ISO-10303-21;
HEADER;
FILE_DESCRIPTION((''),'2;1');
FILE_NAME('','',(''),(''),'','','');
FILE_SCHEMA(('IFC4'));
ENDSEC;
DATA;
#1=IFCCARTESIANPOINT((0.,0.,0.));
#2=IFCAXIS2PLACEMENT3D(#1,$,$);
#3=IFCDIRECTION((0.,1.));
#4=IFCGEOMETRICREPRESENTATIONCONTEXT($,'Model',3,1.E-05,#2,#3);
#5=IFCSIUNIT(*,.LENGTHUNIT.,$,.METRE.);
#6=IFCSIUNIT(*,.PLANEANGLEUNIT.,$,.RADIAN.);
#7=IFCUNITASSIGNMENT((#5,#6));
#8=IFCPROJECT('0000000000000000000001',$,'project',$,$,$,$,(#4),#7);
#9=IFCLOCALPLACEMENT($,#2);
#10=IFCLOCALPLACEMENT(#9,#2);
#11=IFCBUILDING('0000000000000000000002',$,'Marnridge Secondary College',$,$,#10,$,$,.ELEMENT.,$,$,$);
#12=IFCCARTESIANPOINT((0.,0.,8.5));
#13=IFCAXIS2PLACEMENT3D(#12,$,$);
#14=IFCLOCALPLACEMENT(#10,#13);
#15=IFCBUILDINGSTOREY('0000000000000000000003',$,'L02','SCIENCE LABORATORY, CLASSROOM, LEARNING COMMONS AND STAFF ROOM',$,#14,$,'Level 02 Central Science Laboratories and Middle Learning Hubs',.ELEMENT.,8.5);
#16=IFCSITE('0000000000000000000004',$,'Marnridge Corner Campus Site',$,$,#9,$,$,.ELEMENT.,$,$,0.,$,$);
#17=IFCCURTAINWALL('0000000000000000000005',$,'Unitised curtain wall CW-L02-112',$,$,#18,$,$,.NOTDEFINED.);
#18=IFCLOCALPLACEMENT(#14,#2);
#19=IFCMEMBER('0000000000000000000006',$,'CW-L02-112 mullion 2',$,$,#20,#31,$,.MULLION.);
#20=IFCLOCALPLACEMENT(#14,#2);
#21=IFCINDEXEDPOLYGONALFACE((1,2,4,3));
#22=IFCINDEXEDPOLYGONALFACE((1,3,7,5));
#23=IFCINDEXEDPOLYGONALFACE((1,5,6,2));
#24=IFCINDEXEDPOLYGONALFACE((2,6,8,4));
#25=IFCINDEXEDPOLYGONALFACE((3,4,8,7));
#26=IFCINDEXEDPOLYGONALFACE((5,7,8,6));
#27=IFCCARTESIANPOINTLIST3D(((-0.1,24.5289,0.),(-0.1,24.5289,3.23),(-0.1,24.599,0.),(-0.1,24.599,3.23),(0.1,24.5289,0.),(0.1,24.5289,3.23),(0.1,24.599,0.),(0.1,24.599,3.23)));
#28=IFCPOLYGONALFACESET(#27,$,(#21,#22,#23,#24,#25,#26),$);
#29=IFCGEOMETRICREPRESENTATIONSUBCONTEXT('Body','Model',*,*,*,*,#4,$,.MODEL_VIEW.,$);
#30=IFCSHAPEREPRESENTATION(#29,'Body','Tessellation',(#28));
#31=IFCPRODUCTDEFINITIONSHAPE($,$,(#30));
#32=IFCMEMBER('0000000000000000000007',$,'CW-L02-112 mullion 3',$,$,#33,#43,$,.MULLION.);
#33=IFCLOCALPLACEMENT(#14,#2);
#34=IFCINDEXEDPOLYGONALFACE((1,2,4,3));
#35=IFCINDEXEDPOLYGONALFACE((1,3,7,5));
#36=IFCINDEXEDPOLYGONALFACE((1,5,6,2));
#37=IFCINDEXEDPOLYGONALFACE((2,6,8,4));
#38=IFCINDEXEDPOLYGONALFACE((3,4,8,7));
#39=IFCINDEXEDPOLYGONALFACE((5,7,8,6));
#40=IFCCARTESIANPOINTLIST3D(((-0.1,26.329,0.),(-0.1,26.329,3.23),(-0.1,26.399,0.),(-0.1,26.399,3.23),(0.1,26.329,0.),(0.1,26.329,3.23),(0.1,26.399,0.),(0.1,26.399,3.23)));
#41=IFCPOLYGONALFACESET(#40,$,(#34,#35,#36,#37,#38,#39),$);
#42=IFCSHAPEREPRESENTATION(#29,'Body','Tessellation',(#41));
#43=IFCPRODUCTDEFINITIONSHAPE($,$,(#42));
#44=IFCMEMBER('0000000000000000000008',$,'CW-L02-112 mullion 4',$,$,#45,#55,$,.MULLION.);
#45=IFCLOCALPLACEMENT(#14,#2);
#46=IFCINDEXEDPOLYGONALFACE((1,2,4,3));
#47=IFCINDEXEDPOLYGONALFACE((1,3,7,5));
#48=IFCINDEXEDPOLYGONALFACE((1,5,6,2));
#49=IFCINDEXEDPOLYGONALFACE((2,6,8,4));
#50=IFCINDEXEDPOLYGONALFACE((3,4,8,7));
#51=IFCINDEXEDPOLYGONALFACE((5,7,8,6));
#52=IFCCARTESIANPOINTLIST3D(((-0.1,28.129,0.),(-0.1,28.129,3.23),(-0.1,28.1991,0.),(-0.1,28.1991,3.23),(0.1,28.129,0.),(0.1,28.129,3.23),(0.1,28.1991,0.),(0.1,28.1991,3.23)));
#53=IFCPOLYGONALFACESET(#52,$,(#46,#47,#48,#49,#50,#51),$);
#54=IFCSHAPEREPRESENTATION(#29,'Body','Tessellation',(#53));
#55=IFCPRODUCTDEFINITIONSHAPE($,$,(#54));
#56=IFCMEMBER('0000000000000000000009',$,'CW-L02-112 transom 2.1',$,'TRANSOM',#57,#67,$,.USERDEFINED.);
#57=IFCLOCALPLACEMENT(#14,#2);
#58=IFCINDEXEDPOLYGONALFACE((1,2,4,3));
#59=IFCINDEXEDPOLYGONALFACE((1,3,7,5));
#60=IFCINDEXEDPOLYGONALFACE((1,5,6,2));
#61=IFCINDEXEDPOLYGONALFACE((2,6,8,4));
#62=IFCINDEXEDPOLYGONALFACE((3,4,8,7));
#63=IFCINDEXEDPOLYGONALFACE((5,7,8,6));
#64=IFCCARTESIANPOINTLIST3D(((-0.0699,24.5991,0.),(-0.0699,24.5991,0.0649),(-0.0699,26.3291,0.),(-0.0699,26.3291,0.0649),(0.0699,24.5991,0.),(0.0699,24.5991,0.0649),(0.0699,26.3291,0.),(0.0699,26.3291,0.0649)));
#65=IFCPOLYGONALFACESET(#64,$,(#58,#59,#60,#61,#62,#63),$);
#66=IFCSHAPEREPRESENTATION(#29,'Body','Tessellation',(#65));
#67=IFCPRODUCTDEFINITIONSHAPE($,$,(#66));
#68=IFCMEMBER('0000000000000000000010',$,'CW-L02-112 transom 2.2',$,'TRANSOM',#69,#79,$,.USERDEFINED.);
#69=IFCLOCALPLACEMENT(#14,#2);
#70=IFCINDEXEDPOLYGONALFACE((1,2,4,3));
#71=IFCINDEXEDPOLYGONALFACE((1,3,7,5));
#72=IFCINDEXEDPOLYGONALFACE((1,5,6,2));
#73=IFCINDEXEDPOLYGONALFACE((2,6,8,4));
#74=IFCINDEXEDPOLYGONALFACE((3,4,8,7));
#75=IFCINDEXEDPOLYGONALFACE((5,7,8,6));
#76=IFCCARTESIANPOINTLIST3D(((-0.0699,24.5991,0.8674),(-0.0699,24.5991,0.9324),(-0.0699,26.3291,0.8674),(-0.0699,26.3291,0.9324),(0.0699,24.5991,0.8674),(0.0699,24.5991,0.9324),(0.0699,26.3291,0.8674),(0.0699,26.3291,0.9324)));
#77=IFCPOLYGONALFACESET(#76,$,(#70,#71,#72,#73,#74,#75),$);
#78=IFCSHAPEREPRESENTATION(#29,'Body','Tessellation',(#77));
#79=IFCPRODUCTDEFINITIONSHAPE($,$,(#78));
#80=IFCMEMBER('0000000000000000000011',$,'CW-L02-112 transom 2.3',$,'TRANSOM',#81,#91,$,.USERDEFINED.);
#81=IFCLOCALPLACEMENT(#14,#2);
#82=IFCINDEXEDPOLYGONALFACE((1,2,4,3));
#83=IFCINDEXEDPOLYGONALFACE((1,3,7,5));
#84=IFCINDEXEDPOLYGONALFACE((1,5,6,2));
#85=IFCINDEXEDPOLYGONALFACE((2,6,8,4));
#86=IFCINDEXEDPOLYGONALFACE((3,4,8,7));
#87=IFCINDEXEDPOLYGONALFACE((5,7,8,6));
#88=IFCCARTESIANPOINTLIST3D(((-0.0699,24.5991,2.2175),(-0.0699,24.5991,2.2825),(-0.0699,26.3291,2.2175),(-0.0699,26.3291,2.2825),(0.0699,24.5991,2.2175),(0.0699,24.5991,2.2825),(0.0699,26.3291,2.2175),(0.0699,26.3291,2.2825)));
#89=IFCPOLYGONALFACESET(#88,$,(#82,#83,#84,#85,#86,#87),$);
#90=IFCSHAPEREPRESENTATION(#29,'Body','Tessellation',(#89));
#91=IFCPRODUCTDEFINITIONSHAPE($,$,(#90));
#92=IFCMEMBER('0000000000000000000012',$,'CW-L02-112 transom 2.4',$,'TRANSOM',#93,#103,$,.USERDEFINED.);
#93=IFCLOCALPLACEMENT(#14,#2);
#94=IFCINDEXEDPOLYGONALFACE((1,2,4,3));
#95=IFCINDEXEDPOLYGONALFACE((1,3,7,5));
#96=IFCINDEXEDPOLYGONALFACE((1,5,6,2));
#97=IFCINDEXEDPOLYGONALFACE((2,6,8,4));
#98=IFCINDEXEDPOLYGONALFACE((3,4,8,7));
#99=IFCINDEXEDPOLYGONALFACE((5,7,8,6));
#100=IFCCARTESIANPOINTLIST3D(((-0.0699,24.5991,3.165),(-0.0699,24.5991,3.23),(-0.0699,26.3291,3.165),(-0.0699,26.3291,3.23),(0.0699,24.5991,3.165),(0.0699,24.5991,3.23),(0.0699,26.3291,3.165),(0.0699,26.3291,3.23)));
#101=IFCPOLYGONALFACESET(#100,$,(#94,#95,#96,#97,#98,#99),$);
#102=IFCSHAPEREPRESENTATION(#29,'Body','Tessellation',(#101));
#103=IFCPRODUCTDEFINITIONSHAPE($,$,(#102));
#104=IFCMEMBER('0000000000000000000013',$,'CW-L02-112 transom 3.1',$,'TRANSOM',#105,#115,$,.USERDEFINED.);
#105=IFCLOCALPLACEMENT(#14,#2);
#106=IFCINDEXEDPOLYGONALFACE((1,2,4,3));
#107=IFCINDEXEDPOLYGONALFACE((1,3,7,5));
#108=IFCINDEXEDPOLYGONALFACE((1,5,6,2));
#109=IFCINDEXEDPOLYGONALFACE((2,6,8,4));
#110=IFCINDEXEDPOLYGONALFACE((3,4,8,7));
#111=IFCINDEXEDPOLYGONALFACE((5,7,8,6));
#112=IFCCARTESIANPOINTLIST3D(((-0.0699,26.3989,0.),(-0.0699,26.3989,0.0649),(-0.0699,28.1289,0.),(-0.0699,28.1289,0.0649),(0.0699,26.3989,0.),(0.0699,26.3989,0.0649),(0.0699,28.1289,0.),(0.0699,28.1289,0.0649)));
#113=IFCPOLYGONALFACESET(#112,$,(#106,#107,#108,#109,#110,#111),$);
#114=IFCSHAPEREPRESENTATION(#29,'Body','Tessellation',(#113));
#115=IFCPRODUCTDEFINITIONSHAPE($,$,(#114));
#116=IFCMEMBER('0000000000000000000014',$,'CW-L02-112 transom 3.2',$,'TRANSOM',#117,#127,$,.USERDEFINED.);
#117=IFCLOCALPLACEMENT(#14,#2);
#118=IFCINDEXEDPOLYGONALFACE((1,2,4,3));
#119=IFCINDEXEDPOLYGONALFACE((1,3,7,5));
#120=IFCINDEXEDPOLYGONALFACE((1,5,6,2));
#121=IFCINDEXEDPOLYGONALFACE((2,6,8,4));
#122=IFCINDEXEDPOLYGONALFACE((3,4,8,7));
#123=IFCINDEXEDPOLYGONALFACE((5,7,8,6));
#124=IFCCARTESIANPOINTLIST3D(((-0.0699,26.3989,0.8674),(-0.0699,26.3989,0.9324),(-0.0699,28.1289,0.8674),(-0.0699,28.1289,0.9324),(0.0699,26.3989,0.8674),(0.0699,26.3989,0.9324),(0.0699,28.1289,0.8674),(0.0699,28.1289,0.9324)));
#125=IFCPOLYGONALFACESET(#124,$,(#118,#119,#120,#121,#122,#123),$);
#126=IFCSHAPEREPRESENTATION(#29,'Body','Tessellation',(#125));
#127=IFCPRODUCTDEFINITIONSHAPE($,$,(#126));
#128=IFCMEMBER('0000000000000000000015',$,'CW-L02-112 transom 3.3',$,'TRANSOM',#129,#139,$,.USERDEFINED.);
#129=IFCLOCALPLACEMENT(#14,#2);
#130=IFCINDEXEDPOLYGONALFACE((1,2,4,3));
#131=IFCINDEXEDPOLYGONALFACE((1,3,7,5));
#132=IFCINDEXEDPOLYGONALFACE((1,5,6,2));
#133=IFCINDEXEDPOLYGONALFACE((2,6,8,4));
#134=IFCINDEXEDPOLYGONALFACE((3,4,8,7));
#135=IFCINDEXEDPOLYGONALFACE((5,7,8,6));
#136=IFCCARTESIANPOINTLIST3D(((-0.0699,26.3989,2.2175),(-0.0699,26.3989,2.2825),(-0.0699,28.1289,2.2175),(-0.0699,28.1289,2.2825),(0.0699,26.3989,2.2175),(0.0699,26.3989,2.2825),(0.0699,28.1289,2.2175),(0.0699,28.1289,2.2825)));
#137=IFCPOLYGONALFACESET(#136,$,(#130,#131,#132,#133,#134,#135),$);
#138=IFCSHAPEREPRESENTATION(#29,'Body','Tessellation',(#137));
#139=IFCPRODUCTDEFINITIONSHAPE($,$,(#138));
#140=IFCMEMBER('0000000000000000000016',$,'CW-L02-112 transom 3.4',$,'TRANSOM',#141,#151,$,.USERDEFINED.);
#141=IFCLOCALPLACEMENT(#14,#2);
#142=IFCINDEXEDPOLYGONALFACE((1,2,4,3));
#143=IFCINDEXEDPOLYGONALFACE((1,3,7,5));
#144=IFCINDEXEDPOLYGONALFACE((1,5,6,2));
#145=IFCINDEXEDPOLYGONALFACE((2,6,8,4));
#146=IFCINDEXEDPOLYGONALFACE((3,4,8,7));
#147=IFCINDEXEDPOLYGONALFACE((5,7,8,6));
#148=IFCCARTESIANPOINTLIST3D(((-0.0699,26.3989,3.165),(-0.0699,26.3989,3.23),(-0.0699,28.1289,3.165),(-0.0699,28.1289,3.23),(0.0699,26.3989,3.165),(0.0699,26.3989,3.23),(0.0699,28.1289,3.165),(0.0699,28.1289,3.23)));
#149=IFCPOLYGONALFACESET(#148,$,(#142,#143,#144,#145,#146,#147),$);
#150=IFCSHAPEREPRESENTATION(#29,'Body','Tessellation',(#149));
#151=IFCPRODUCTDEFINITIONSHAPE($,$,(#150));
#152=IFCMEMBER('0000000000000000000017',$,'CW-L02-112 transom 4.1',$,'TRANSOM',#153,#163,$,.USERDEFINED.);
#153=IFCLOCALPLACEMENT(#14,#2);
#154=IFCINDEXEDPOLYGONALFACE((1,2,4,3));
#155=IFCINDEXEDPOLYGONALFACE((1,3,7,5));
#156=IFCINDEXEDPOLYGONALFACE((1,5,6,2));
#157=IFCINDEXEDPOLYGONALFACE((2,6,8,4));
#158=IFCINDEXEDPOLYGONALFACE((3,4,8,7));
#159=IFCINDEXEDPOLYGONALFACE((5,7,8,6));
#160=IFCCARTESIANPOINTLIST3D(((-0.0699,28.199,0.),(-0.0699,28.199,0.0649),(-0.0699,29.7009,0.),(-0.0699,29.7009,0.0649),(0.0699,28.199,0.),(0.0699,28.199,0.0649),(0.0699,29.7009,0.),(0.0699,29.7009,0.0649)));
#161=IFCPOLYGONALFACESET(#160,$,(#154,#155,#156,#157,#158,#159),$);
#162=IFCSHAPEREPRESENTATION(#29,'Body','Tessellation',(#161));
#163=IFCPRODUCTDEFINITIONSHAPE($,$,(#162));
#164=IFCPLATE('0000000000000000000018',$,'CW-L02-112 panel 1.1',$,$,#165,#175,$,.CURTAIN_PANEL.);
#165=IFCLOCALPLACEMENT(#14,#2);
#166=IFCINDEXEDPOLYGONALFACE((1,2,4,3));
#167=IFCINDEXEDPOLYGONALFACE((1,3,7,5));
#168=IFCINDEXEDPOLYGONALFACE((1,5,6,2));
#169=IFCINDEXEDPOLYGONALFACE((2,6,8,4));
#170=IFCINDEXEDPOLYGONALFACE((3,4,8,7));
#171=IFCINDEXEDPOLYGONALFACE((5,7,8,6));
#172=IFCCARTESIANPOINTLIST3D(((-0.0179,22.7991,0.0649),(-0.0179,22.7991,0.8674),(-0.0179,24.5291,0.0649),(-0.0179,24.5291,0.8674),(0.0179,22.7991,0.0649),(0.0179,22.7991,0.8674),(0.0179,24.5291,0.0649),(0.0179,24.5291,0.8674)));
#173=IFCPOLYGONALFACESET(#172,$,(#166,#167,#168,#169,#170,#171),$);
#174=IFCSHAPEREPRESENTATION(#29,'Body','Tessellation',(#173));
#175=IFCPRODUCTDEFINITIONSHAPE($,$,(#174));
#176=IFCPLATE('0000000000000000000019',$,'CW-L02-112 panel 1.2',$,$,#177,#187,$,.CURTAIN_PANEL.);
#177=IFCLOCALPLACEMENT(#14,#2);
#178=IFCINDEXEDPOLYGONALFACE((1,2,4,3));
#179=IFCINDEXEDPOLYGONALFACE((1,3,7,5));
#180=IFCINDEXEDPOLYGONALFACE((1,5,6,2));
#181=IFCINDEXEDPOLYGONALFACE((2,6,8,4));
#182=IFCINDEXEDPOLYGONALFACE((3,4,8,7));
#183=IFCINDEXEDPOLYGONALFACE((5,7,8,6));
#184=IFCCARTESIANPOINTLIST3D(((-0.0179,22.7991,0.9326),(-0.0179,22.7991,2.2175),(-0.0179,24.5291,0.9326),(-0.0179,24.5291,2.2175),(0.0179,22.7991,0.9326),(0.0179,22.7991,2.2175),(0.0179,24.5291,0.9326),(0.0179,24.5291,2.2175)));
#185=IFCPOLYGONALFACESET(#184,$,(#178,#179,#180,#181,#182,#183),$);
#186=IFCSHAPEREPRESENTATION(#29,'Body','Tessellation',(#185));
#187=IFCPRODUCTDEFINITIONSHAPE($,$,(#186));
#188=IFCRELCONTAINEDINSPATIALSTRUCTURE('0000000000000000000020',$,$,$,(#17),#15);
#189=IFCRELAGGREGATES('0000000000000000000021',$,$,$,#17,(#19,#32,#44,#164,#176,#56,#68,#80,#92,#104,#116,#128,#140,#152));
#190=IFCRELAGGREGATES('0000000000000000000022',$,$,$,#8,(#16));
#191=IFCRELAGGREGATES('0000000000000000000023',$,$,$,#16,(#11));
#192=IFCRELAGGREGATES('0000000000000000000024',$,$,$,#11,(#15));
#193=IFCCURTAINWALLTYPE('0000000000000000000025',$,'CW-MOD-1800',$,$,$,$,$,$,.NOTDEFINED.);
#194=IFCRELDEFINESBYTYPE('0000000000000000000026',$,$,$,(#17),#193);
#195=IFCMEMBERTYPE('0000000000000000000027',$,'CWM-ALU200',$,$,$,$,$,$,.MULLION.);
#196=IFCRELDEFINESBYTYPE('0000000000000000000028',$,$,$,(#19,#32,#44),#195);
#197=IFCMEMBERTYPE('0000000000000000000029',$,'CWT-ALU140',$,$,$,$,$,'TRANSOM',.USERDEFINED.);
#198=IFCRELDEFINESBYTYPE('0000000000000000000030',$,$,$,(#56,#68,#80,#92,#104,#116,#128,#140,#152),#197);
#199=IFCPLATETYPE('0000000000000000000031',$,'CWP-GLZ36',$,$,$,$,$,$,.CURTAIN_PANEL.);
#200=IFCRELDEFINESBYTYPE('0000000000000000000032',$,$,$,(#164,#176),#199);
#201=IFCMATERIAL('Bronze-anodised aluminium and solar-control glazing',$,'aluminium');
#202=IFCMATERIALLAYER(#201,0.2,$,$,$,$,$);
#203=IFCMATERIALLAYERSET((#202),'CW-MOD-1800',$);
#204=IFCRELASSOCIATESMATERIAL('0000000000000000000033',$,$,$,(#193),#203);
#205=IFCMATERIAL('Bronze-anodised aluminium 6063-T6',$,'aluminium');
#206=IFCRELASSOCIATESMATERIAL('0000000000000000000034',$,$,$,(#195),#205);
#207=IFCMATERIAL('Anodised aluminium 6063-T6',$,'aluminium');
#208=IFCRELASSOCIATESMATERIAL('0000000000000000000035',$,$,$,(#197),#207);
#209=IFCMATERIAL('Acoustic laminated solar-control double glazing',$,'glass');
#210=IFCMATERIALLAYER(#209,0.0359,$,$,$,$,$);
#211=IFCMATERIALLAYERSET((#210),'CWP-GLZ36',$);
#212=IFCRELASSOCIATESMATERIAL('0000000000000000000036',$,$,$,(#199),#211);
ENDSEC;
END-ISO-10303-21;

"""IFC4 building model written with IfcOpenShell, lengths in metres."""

from ifc_helpers import new_model, si_unit, direction, frame, origin, origin_2d, place, context, subcontext, project, spatial, rectangle, extrude, material, layer, layer_set, material_profile, profile_set, type_object, element, aggregate, save


model = new_model("IFC4")

# Units and contexts
model_context = context("Model", 3, precision=1e-05, world=origin(), true_north=direction((0.0, 1.0)))
body_context = subcontext(model_context, "Body", "Model", "MODEL_VIEW")
ifc_project = project(units=[si_unit("LENGTHUNIT", "METRE"), si_unit("PLANEANGLEUNIT", "RADIAN")], contexts=[model_context])

# Site, building, storey
site_placement = place(None, origin())
site = spatial("IfcSite", under=ifc_project, at=site_placement, Name="Marnridge Corner Campus Site", CompositionType="ELEMENT", RefElevation=0.0)
building_placement = place(site_placement, origin())
building = spatial("IfcBuilding", under=site, at=building_placement, Name="Marnridge Secondary College", CompositionType="ELEMENT")
storey_placement = place(building_placement, frame((0.0, 0.0, 8.5)))
storey = spatial("IfcBuildingStorey", under=building, at=storey_placement, Name="L02", Description="SCIENCE LABORATORY, CLASSROOM, LEARNING COMMONS AND STAFF ROOM", LongName="Level 02 Central Science Laboratories and Middle Learning Hubs", CompositionType="ELEMENT", Elevation=8.5)

# Curtain wall, members, plates
ifc_material_1 = material(Name="Bronze-anodised aluminium and solar-control glazing", Category="aluminium")
ifc_layer_1 = layer(ifc_material_1, 0.2)
ifc_layer_set_1 = layer_set([ifc_layer_1], Name="CW-MOD-1800")
curtain_wall_type = type_object("IfcCurtainWallType", Name="CW-MOD-1800", PredefinedType="NOTDEFINED", material=ifc_layer_set_1)
curtain_wall_placement = place(storey_placement, origin())
curtain_wall = element("IfcCurtainWall", 1, at=curtain_wall_placement, inside=storey, type_object=curtain_wall_type, Name="Unitised curtain wall CW-L02-112", PredefinedType="NOTDEFINED")
ifc_material_2 = material(Name="Bronze-anodised aluminium 6063-T6", Category="aluminium")
ifc_material_profile_1 = material_profile(ifc_material_2, rectangle(XDim=0.0701, YDim=0.2, at=origin_2d()), Name="ALU 70x200")
ifc_profile_set_1 = profile_set([ifc_material_profile_1], Name="Bronze-anodised aluminium 6063-T6")
member_type_1 = type_object("IfcMemberType", Name="CWM-ALU200", PredefinedType="MULLION", material=ifc_profile_set_1)
member_1_placement = place(storey_placement, frame((0.0, 24.564, 0.0), z_axis=(0.0, 0.0, 1.0), x_axis=(0.0, 1.0, 0.0)))
member_1 = element("IfcMember", 2, at=member_1_placement, type_object=member_type_1, Name="CW-L02-112 mullion 2", PredefinedType="MULLION", context=body_context, shape_type="SweptSolid", body=[
    extrude(rectangle(XDim=0.0701, YDim=0.2, at=origin_2d()), origin(), (0.0, 0.0, 1.0), 3.23),
])
member_2_placement = place(storey_placement, frame((0.0, 26.364, 0.0), z_axis=(0.0, 0.0, 1.0), x_axis=(0.0, 1.0, 0.0)))
member_2 = element("IfcMember", 3, at=member_2_placement, type_object=member_type_1, Name="CW-L02-112 mullion 3", PredefinedType="MULLION", context=body_context, shape_type="SweptSolid", body=[
    extrude(rectangle(XDim=0.0701, YDim=0.2, at=origin_2d()), origin(), (0.0, 0.0, 1.0), 3.23),
])
member_3_placement = place(storey_placement, frame((0.0, 28.1641, 0.0), z_axis=(0.0, 0.0, 1.0), x_axis=(0.0, 1.0, 0.0)))
member_3 = element("IfcMember", 4, at=member_3_placement, type_object=member_type_1, Name="CW-L02-112 mullion 4", PredefinedType="MULLION", context=body_context, shape_type="SweptSolid", body=[
    extrude(rectangle(XDim=0.0701, YDim=0.2, at=origin_2d()), origin(), (0.0, 0.0, 1.0), 3.23),
])
ifc_material_3 = material(Name="Anodised aluminium 6063-T6", Category="aluminium")
ifc_material_profile_2 = material_profile(ifc_material_3, rectangle(XDim=0.0649, YDim=0.1399, at=origin_2d()), Name="ALU 65x140")
ifc_profile_set_2 = profile_set([ifc_material_profile_2], Name="Anodised aluminium 6063-T6")
member_type_2 = type_object("IfcMemberType", Name="CWT-ALU140", ElementType="TRANSOM", PredefinedType="USERDEFINED", material=ifc_profile_set_2)
member_4_placement = place(storey_placement, frame((0.0, 24.5991, 0.0325), z_axis=(0.0, 1.0, 0.0), x_axis=(0.0, 0.0, 1.0)))
member_4 = element("IfcMember", 5, at=member_4_placement, type_object=member_type_2, Name="CW-L02-112 transom 2.1", ObjectType="TRANSOM", PredefinedType="USERDEFINED", context=body_context, shape_type="SweptSolid", body=[
    extrude(rectangle(XDim=0.0649, YDim=0.1399, at=origin_2d()), origin(), (0.0, 0.0, 1.0), 1.73),
])
member_5_placement = place(storey_placement, frame((0.0, 24.5991, 0.8999), z_axis=(0.0, 1.0, 0.0), x_axis=(0.0, 0.0, 1.0)))
member_5 = element("IfcMember", 6, at=member_5_placement, type_object=member_type_2, Name="CW-L02-112 transom 2.2", ObjectType="TRANSOM", PredefinedType="USERDEFINED", context=body_context, shape_type="SweptSolid", body=[
    extrude(rectangle(XDim=0.0649, YDim=0.1399, at=origin_2d()), origin(), (0.0, 0.0, 1.0), 1.73),
])
member_6_placement = place(storey_placement, frame((0.0, 24.5991, 2.25), z_axis=(0.0, 1.0, 0.0), x_axis=(0.0, 0.0, 1.0)))
member_6 = element("IfcMember", 7, at=member_6_placement, type_object=member_type_2, Name="CW-L02-112 transom 2.3", ObjectType="TRANSOM", PredefinedType="USERDEFINED", context=body_context, shape_type="SweptSolid", body=[
    extrude(rectangle(XDim=0.0649, YDim=0.1399, at=origin_2d()), origin(), (0.0, 0.0, 1.0), 1.73),
])
member_7_placement = place(storey_placement, frame((0.0, 24.5991, 3.1975), z_axis=(0.0, 1.0, 0.0), x_axis=(0.0, 0.0, 1.0)))
member_7 = element("IfcMember", 8, at=member_7_placement, type_object=member_type_2, Name="CW-L02-112 transom 2.4", ObjectType="TRANSOM", PredefinedType="USERDEFINED", context=body_context, shape_type="SweptSolid", body=[
    extrude(rectangle(XDim=0.0649, YDim=0.1399, at=origin_2d()), origin(), (0.0, 0.0, 1.0), 1.73),
])
member_8_placement = place(storey_placement, frame((0.0, 26.3989, 0.0325), z_axis=(0.0, 1.0, 0.0), x_axis=(0.0, 0.0, 1.0)))
member_8 = element("IfcMember", 9, at=member_8_placement, type_object=member_type_2, Name="CW-L02-112 transom 3.1", ObjectType="TRANSOM", PredefinedType="USERDEFINED", context=body_context, shape_type="SweptSolid", body=[
    extrude(rectangle(XDim=0.0649, YDim=0.1399, at=origin_2d()), origin(), (0.0, 0.0, 1.0), 1.73),
])
member_9_placement = place(storey_placement, frame((0.0, 26.3989, 0.8999), z_axis=(0.0, 1.0, 0.0), x_axis=(0.0, 0.0, 1.0)))
member_9 = element("IfcMember", 10, at=member_9_placement, type_object=member_type_2, Name="CW-L02-112 transom 3.2", ObjectType="TRANSOM", PredefinedType="USERDEFINED", context=body_context, shape_type="SweptSolid", body=[
    extrude(rectangle(XDim=0.0649, YDim=0.1399, at=origin_2d()), origin(), (0.0, 0.0, 1.0), 1.73),
])
member_10_placement = place(storey_placement, frame((0.0, 26.3989, 2.25), z_axis=(0.0, 1.0, 0.0), x_axis=(0.0, 0.0, 1.0)))
member_10 = element("IfcMember", 11, at=member_10_placement, type_object=member_type_2, Name="CW-L02-112 transom 3.3", ObjectType="TRANSOM", PredefinedType="USERDEFINED", context=body_context, shape_type="SweptSolid", body=[
    extrude(rectangle(XDim=0.0649, YDim=0.1399, at=origin_2d()), origin(), (0.0, 0.0, 1.0), 1.73),
])
member_11_placement = place(storey_placement, frame((0.0, 26.3989, 3.1975), z_axis=(0.0, 1.0, 0.0), x_axis=(0.0, 0.0, 1.0)))
member_11 = element("IfcMember", 12, at=member_11_placement, type_object=member_type_2, Name="CW-L02-112 transom 3.4", ObjectType="TRANSOM", PredefinedType="USERDEFINED", context=body_context, shape_type="SweptSolid", body=[
    extrude(rectangle(XDim=0.0649, YDim=0.1399, at=origin_2d()), origin(), (0.0, 0.0, 1.0), 1.73),
])
member_12_placement = place(storey_placement, frame((0.0, 28.199, 0.0325), z_axis=(0.0, 1.0, 0.0), x_axis=(0.0, 0.0, 1.0)))
member_12 = element("IfcMember", 13, at=member_12_placement, type_object=member_type_2, Name="CW-L02-112 transom 4.1", ObjectType="TRANSOM", PredefinedType="USERDEFINED", context=body_context, shape_type="SweptSolid", body=[
    extrude(rectangle(XDim=0.0649, YDim=0.1399, at=origin_2d()), origin(), (0.0, 0.0, 1.0), 1.502),
])
ifc_material_4 = material(Name="Acoustic laminated solar-control double glazing", Category="glass")
ifc_layer_2 = layer(ifc_material_4, 0.0359)
ifc_layer_set_2 = layer_set([ifc_layer_2], Name="CWP-GLZ36")
plate_type = type_object("IfcPlateType", Name="CWP-GLZ36", PredefinedType="CURTAIN_PANEL", material=ifc_layer_set_2)
plate_1_placement = place(storey_placement, frame((0.0, 23.6641, 0.0649), z_axis=(0.0, 0.0, 1.0), x_axis=(0.0, 1.0, 0.0)))
plate_1 = element("IfcPlate", 14, at=plate_1_placement, type_object=plate_type, Name="CW-L02-112 panel 1.1", PredefinedType="CURTAIN_PANEL", context=body_context, shape_type="SweptSolid", body=[
    extrude(rectangle(XDim=1.73, YDim=0.0359, at=origin_2d()), origin(), (0.0, 0.0, 1.0), 0.8025),
])
plate_2_placement = place(storey_placement, frame((0.0, 23.6641, 0.9326), z_axis=(0.0, 0.0, 1.0), x_axis=(0.0, 1.0, 0.0)))
plate_2 = element("IfcPlate", 15, at=plate_2_placement, type_object=plate_type, Name="CW-L02-112 panel 1.2", PredefinedType="CURTAIN_PANEL", context=body_context, shape_type="SweptSolid", body=[
    extrude(rectangle(XDim=1.73, YDim=0.0359, at=origin_2d()), origin(), (0.0, 0.0, 1.0), 1.2849),
])
aggregate(curtain_wall, [member_1, member_2, member_3, plate_1, plate_2, member_4, member_5, member_6, member_7, member_8, member_9, member_10, member_11, member_12])

save(model, "model.ifc")
